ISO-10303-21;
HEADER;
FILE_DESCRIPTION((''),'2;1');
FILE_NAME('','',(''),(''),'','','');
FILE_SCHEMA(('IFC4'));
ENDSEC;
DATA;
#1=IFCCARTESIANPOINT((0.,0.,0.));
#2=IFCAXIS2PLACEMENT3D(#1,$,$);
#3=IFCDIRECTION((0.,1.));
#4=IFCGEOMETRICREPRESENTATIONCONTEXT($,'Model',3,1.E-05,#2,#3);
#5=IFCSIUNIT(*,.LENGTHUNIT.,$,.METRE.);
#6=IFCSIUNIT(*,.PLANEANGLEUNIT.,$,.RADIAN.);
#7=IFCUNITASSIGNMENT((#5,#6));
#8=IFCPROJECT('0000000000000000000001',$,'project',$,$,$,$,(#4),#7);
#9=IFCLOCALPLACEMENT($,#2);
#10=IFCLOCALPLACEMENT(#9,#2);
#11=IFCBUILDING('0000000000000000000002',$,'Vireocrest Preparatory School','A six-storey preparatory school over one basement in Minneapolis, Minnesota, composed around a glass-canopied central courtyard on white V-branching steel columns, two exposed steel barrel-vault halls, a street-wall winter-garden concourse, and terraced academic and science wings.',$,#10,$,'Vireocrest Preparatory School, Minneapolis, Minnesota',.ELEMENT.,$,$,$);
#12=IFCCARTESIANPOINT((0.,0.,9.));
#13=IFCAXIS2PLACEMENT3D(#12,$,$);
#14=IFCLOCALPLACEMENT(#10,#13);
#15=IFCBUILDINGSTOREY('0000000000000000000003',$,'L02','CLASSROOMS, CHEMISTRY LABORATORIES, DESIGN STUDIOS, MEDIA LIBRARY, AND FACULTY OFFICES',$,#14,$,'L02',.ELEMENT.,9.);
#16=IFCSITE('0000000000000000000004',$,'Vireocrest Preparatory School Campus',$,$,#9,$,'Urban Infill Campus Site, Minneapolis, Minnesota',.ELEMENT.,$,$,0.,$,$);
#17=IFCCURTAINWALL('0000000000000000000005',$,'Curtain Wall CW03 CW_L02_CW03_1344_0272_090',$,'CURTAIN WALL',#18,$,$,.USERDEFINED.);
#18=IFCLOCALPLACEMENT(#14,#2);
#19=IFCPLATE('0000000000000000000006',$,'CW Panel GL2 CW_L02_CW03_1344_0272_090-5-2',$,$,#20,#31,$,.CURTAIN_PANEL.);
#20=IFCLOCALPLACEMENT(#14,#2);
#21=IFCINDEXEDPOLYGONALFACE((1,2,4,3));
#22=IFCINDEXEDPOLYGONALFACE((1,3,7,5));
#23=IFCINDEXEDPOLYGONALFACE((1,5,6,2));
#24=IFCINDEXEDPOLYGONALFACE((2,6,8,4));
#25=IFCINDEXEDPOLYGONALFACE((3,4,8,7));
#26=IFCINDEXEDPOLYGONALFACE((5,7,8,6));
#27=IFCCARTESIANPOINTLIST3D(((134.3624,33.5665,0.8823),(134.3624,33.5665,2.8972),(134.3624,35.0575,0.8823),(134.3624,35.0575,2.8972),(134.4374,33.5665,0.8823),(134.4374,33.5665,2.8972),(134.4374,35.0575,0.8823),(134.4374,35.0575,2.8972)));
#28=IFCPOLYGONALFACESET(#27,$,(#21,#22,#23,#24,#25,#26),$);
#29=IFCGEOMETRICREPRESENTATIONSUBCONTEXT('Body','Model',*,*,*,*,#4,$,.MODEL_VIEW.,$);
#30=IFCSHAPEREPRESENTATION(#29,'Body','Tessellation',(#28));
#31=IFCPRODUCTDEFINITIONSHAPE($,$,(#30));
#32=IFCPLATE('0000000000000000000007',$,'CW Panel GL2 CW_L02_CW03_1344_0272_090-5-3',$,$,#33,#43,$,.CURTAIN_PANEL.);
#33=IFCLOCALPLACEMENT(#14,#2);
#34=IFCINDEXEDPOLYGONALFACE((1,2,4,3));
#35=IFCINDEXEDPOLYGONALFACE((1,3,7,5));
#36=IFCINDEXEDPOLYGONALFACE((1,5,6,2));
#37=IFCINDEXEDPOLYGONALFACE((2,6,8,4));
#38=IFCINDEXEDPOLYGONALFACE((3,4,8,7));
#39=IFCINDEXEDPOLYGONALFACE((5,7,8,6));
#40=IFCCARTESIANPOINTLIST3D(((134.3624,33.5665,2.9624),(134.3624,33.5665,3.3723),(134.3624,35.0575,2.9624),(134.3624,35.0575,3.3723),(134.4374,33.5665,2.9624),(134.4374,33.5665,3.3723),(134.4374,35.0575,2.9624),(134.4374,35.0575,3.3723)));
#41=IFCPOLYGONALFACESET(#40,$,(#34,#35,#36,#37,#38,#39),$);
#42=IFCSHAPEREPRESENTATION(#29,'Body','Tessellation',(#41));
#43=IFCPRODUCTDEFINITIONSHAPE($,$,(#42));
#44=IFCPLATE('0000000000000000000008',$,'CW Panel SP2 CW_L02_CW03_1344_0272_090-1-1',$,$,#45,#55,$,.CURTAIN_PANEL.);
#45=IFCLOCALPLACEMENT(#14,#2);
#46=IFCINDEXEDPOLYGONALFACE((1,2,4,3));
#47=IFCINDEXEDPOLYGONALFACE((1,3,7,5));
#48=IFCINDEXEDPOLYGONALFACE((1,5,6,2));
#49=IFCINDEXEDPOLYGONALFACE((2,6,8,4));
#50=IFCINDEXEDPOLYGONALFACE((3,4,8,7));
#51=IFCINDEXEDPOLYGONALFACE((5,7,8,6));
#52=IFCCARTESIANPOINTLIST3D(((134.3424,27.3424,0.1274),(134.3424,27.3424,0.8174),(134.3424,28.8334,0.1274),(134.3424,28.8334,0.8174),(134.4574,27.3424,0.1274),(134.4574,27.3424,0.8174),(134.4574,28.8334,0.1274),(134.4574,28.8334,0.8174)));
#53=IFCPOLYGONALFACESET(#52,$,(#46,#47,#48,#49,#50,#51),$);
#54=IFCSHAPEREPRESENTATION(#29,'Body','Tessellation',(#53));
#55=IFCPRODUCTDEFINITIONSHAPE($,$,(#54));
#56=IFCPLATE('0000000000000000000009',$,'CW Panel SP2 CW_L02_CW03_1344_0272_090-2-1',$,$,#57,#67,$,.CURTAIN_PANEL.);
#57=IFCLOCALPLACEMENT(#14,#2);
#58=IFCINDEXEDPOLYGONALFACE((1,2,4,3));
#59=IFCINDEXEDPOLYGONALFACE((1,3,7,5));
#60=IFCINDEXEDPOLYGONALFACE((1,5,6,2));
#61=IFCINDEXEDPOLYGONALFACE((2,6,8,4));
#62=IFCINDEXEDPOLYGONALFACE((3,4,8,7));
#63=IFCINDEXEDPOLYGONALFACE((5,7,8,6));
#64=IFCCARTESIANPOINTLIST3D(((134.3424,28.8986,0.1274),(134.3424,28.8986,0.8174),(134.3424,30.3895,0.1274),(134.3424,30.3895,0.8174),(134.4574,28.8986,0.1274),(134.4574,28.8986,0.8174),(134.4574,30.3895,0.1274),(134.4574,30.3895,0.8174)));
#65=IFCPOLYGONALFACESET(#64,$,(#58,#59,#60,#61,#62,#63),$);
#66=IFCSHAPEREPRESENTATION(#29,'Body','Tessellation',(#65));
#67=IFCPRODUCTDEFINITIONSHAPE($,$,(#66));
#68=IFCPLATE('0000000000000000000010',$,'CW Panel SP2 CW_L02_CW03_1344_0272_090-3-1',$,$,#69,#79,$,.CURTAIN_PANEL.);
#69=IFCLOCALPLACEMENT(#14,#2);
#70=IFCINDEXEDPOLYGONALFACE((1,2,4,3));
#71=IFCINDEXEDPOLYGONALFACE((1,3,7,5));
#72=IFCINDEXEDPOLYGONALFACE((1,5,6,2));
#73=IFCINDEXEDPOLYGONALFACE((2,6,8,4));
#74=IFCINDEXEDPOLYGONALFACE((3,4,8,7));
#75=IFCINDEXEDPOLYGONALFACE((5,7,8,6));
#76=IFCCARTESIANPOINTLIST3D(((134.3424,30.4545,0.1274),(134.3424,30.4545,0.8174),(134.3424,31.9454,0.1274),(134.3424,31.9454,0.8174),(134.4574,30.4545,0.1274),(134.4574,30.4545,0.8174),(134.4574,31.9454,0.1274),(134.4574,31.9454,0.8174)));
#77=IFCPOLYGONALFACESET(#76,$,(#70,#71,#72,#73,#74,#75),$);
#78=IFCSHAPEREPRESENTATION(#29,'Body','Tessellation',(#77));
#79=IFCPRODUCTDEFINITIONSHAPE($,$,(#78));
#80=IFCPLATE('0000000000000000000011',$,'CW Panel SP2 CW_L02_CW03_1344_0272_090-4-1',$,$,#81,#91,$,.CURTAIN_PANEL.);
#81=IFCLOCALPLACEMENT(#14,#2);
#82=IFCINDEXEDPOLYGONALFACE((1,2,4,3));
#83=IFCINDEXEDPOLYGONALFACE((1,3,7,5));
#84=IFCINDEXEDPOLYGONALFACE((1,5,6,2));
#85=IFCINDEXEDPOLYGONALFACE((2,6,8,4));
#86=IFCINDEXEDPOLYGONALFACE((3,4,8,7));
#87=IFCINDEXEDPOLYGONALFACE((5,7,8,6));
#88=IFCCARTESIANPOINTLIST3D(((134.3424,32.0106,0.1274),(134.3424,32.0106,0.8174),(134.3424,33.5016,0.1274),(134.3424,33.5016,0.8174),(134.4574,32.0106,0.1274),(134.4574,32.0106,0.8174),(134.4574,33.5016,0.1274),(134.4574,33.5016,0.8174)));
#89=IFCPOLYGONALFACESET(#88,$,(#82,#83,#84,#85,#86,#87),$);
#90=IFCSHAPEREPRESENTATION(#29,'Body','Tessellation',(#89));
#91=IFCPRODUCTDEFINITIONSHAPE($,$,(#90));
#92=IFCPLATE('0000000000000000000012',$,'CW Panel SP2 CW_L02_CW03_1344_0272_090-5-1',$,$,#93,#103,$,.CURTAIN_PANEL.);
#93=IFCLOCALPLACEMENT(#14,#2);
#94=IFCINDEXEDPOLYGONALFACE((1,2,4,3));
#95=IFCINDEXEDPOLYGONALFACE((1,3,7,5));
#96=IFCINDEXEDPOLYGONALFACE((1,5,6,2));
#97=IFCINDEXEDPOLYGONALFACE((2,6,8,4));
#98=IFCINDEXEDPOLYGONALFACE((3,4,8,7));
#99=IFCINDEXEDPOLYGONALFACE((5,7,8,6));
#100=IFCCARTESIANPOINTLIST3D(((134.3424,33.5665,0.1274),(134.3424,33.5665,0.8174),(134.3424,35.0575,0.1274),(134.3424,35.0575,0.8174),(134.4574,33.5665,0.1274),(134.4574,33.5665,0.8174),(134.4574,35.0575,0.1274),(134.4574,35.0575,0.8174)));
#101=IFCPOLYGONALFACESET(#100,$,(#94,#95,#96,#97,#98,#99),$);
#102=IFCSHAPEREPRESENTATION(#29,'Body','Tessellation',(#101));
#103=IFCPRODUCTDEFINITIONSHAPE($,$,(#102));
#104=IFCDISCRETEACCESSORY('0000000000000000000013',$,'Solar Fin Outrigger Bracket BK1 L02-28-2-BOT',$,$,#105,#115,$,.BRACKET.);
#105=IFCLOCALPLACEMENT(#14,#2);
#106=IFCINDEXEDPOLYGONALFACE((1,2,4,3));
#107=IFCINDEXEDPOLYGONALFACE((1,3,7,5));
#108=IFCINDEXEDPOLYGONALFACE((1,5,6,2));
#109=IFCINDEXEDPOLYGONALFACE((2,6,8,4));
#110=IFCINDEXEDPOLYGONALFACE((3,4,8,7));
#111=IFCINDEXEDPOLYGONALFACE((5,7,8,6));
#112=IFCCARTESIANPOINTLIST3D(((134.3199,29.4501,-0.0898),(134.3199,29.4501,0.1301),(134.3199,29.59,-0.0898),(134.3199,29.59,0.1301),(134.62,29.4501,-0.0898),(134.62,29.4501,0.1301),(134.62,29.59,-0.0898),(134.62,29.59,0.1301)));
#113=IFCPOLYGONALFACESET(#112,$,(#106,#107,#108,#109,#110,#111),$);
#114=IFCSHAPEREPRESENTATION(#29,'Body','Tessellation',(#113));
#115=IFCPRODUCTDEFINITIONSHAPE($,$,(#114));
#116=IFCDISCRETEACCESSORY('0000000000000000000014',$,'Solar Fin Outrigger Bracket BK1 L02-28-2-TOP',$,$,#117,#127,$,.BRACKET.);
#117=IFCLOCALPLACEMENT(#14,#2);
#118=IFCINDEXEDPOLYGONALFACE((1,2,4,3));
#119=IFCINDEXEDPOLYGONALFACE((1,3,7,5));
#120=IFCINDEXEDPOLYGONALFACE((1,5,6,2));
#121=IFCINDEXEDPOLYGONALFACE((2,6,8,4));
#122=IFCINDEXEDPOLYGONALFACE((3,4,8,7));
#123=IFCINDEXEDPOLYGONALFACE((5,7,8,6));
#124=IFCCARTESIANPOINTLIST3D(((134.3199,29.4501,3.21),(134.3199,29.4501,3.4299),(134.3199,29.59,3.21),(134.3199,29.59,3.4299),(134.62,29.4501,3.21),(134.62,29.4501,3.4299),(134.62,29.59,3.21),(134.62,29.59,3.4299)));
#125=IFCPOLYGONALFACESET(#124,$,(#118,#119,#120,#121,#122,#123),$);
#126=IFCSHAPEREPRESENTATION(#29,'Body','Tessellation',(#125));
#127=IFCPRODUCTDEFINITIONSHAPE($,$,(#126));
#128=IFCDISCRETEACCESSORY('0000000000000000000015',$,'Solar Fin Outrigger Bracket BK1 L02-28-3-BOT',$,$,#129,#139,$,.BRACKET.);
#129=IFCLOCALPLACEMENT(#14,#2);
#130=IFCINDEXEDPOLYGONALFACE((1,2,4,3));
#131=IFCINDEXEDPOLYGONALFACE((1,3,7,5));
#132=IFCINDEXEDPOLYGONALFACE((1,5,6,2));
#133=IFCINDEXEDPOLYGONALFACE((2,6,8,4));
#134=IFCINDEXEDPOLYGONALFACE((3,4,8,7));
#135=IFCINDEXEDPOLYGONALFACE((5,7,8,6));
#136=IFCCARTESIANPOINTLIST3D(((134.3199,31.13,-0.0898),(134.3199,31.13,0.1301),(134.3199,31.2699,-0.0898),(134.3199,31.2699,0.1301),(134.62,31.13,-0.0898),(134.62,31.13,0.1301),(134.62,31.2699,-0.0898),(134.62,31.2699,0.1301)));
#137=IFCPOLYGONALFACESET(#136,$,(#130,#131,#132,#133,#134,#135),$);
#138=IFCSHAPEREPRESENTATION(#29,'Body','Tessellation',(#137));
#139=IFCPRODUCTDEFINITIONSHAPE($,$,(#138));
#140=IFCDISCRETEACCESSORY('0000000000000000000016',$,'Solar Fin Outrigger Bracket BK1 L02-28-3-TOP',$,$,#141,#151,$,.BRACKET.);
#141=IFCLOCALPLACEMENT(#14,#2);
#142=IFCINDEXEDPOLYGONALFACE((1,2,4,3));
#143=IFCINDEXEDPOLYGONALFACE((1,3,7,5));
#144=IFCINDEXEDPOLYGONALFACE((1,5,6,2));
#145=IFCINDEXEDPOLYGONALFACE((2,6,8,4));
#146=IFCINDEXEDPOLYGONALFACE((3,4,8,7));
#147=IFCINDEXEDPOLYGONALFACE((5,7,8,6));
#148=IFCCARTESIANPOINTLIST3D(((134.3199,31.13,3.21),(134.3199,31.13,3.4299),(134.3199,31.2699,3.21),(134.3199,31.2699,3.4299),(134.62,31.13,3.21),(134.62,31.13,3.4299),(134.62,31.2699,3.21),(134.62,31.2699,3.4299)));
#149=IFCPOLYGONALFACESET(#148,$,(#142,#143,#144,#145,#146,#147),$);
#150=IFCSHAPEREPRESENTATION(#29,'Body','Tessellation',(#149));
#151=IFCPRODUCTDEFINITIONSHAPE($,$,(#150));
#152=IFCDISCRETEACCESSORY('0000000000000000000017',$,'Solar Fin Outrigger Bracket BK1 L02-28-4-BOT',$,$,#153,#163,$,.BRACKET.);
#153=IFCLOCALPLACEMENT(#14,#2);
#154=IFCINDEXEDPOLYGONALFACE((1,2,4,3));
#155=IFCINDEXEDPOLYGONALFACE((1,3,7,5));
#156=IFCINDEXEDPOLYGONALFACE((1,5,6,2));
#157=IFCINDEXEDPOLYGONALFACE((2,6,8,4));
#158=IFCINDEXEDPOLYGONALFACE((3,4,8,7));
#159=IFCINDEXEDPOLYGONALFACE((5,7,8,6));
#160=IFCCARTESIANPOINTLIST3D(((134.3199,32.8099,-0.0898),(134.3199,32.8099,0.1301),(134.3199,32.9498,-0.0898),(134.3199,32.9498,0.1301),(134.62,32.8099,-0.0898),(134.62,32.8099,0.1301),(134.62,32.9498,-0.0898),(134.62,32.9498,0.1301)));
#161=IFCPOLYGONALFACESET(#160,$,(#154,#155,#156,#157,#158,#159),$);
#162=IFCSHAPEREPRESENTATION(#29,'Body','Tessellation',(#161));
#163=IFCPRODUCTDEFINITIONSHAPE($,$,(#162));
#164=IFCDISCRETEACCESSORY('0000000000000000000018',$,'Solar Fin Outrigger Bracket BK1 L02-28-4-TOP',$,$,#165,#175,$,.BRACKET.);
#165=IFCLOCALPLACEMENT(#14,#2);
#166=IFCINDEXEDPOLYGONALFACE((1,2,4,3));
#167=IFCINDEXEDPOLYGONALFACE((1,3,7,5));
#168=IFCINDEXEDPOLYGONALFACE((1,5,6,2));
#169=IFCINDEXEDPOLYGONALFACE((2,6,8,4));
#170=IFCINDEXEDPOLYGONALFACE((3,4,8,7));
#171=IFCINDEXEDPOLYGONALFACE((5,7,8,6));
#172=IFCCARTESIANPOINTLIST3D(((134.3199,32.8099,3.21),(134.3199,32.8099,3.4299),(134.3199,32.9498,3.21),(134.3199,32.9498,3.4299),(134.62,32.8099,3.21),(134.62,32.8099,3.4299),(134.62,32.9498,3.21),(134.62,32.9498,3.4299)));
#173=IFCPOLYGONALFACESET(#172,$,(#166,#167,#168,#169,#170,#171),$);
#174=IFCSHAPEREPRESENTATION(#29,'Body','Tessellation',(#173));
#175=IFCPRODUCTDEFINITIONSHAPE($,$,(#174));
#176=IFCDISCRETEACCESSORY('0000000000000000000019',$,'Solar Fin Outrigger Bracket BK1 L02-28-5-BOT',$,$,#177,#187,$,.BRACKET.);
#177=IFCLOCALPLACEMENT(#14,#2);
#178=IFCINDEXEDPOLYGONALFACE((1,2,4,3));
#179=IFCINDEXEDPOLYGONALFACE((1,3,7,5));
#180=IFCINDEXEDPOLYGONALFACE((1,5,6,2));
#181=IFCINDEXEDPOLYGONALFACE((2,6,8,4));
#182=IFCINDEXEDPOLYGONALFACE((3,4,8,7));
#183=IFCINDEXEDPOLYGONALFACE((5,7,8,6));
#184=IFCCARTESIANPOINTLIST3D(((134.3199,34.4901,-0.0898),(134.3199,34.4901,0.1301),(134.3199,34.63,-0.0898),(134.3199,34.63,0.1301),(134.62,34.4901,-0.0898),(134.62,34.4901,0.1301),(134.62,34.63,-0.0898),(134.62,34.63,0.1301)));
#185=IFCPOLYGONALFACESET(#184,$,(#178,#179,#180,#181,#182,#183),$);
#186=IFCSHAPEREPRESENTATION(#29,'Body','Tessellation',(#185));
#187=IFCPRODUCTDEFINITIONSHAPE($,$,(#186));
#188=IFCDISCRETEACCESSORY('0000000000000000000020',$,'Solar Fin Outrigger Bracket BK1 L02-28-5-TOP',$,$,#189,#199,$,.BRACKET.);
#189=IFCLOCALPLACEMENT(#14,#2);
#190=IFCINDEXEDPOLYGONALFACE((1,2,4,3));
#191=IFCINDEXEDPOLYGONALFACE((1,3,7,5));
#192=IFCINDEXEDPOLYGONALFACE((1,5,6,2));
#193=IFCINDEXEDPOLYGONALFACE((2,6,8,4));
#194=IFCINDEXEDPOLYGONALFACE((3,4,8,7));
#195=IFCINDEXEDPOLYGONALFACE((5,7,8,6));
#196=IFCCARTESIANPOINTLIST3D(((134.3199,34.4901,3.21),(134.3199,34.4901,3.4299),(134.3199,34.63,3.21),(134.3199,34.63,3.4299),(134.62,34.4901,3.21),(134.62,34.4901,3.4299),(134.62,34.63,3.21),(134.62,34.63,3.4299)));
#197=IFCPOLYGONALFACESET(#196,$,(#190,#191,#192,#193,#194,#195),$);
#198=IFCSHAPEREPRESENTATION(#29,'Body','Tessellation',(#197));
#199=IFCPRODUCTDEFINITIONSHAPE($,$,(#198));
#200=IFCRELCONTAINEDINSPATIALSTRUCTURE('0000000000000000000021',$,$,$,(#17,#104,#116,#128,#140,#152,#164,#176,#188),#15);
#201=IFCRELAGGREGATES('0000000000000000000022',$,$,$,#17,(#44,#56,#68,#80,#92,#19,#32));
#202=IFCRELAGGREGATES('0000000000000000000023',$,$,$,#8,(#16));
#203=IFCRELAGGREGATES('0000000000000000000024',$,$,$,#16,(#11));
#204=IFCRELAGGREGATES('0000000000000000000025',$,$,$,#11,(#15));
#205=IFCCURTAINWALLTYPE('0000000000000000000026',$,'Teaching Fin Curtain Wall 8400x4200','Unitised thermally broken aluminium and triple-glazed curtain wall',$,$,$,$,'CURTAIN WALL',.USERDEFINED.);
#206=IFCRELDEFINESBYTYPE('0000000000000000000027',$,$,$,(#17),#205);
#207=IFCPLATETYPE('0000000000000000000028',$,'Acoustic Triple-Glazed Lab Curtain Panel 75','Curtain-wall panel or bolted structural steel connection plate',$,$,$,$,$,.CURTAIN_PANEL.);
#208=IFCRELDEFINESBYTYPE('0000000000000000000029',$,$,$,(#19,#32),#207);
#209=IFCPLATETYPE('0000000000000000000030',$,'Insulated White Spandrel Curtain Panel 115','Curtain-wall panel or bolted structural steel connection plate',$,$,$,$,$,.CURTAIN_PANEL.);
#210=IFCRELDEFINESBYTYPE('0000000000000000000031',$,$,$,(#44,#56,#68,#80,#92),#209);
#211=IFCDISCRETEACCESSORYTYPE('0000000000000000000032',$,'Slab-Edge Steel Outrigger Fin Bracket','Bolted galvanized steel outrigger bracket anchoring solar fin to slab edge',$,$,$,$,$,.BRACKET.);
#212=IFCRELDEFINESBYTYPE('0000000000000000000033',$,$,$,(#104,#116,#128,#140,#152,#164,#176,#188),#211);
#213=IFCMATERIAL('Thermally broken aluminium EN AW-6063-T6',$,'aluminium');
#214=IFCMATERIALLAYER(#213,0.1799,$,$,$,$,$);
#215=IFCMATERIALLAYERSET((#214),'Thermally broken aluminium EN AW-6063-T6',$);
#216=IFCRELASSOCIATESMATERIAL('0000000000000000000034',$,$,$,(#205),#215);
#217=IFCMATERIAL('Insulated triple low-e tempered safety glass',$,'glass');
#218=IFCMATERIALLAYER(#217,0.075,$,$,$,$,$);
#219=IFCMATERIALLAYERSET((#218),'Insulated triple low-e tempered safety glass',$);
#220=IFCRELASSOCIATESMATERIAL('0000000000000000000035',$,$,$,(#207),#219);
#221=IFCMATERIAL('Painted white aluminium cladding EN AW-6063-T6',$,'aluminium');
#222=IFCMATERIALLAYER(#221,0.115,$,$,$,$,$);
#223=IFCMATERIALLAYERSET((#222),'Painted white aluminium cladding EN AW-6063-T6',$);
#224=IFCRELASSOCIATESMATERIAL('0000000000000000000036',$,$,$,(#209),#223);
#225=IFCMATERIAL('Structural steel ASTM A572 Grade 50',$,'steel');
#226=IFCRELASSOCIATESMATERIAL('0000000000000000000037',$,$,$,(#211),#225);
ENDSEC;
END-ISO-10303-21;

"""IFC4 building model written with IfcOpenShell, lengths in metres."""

from ifc_helpers import new_model, si_unit, direction, frame, origin, origin_2d, place, context, subcontext, project, spatial, rectangle, extrude, material, layer, layer_set, type_object, element, aggregate, save


model = new_model("IFC4")

# Units and contexts
model_context = context("Model", 3, precision=1e-05, world=origin(), true_north=direction((0.0, 1.0)))
body_context = subcontext(model_context, "Body", "Model", "MODEL_VIEW")
ifc_project = project(units=[si_unit("LENGTHUNIT", "METRE"), si_unit("PLANEANGLEUNIT", "RADIAN")], contexts=[model_context])

# Site, building, storey
site_placement = place(None, origin())
site = spatial("IfcSite", under=ifc_project, at=site_placement, Name="Vireocrest Preparatory School Campus", LongName="Urban Infill Campus Site, Minneapolis, Minnesota", CompositionType="ELEMENT", RefElevation=0.0)
building_placement = place(site_placement, origin())
building = spatial("IfcBuilding", under=site, at=building_placement, Name="Vireocrest Preparatory School", Description="A six-storey preparatory school over one basement in Minneapolis, Minnesota, composed around a glass-canopied central courtyard on white V-branching steel columns, two exposed steel barrel-vault halls, a street-wall winter-garden concourse, and terraced academic and science wings.", LongName="Vireocrest Preparatory School, Minneapolis, Minnesota", CompositionType="ELEMENT")
storey_placement = place(building_placement, frame((0.0, 0.0, 9.0)))
storey = spatial("IfcBuildingStorey", under=building, at=storey_placement, Name="L02", Description="CLASSROOMS, CHEMISTRY LABORATORIES, DESIGN STUDIOS, MEDIA LIBRARY, AND FACULTY OFFICES", LongName="L02", CompositionType="ELEMENT", Elevation=9.0)

# Shared definitions
ifc_material_1 = material(Name="Thermally broken aluminium EN AW-6063-T6", Category="aluminium")

# Curtain wall
ifc_layer_1 = layer(ifc_material_1, 0.1799)
ifc_layer_set_1 = layer_set([ifc_layer_1], Name="Thermally broken aluminium EN AW-6063-T6")
curtain_wall_type_1 = type_object("IfcCurtainWallType", Name="Teaching Fin Curtain Wall 8400x4200", Description="Unitised thermally broken aluminium and triple-glazed curtain wall", ElementType="CURTAIN WALL", PredefinedType="USERDEFINED", material=ifc_layer_set_1)
curtain_wall_1_placement = place(storey_placement, origin())
curtain_wall_1 = element("IfcCurtainWall", 1, at=curtain_wall_1_placement, inside=storey, type_object=curtain_wall_type_1, Name="Curtain Wall CW03 CW_L02_CW03_1344_0272_090", ObjectType="CURTAIN WALL", PredefinedType="USERDEFINED")

# Plates
ifc_material_2 = material(Name="Insulated triple low-e tempered safety glass", Category="glass")
ifc_layer_2 = layer(ifc_material_2, 0.075)
ifc_layer_set_2 = layer_set([ifc_layer_2], Name="Insulated triple low-e tempered safety glass")
plate_type_1 = type_object("IfcPlateType", Name="Acoustic Triple-Glazed Lab Curtain Panel 75", Description="Curtain-wall panel or bolted structural steel connection plate", PredefinedType="CURTAIN_PANEL", material=ifc_layer_set_2)
plate_1_placement = place(storey_placement, frame((134.3999, 34.312, 0.8823), z_axis=(0.0, 0.0, 1.0), x_axis=(0.0, 1.0, 0.0)))
plate_1 = element("IfcPlate", 2, at=plate_1_placement, type_object=plate_type_1, Name="CW Panel GL2 CW_L02_CW03_1344_0272_090-5-2", PredefinedType="CURTAIN_PANEL", context=body_context, shape_type="SweptSolid", body=[
    extrude(rectangle(XDim=1.491, YDim=0.075, at=origin_2d()), origin(), (0.0, 0.0, 1.0), 2.0149),
])
plate_2_placement = place(storey_placement, frame((134.3999, 34.312, 2.9624), z_axis=(0.0, 0.0, 1.0), x_axis=(0.0, 1.0, 0.0)))
plate_2 = element("IfcPlate", 3, at=plate_2_placement, type_object=plate_type_1, Name="CW Panel GL2 CW_L02_CW03_1344_0272_090-5-3", PredefinedType="CURTAIN_PANEL", context=body_context, shape_type="SweptSolid", body=[
    extrude(rectangle(XDim=1.491, YDim=0.075, at=origin_2d()), origin(), (0.0, 0.0, 1.0), 0.4099),
])
ifc_material_3 = material(Name="Painted white aluminium cladding EN AW-6063-T6", Category="aluminium")
ifc_layer_3 = layer(ifc_material_3, 0.115)
ifc_layer_set_3 = layer_set([ifc_layer_3], Name="Painted white aluminium cladding EN AW-6063-T6")
plate_type_2 = type_object("IfcPlateType", Name="Insulated White Spandrel Curtain Panel 115", Description="Curtain-wall panel or bolted structural steel connection plate", PredefinedType="CURTAIN_PANEL", material=ifc_layer_set_3)
plate_3_placement = place(storey_placement, frame((134.3999, 28.0879, 0.1274), z_axis=(0.0, 0.0, 1.0), x_axis=(0.0, 1.0, 0.0)))
plate_3 = element("IfcPlate", 4, at=plate_3_placement, type_object=plate_type_2, Name="CW Panel SP2 CW_L02_CW03_1344_0272_090-1-1", PredefinedType="CURTAIN_PANEL", context=body_context, shape_type="SweptSolid", body=[
    extrude(rectangle(XDim=1.491, YDim=0.115, at=origin_2d()), origin(), (0.0, 0.0, 1.0), 0.6899),
])
plate_4_placement = place(storey_placement, frame((134.3999, 29.644, 0.1274), z_axis=(0.0, 0.0, 1.0), x_axis=(0.0, 1.0, 0.0)))
plate_4 = element("IfcPlate", 5, at=plate_4_placement, type_object=plate_type_2, Name="CW Panel SP2 CW_L02_CW03_1344_0272_090-2-1", PredefinedType="CURTAIN_PANEL", context=body_context, shape_type="SweptSolid", body=[
    extrude(rectangle(XDim=1.491, YDim=0.115, at=origin_2d()), origin(), (0.0, 0.0, 1.0), 0.6899),
])
plate_5_placement = place(storey_placement, frame((134.3999, 31.2, 0.1274), z_axis=(0.0, 0.0, 1.0), x_axis=(0.0, 1.0, 0.0)))
plate_5 = element("IfcPlate", 6, at=plate_5_placement, type_object=plate_type_2, Name="CW Panel SP2 CW_L02_CW03_1344_0272_090-3-1", PredefinedType="CURTAIN_PANEL", context=body_context, shape_type="SweptSolid", body=[
    extrude(rectangle(XDim=1.491, YDim=0.115, at=origin_2d()), origin(), (0.0, 0.0, 1.0), 0.6899),
])
plate_6_placement = place(storey_placement, frame((134.3999, 32.7561, 0.1274), z_axis=(0.0, 0.0, 1.0), x_axis=(0.0, 1.0, 0.0)))
plate_6 = element("IfcPlate", 7, at=plate_6_placement, type_object=plate_type_2, Name="CW Panel SP2 CW_L02_CW03_1344_0272_090-4-1", PredefinedType="CURTAIN_PANEL", context=body_context, shape_type="SweptSolid", body=[
    extrude(rectangle(XDim=1.491, YDim=0.115, at=origin_2d()), origin(), (0.0, 0.0, 1.0), 0.6899),
])
plate_7_placement = place(storey_placement, frame((134.3999, 34.312, 0.1274), z_axis=(0.0, 0.0, 1.0), x_axis=(0.0, 1.0, 0.0)))
plate_7 = element("IfcPlate", 8, at=plate_7_placement, type_object=plate_type_2, Name="CW Panel SP2 CW_L02_CW03_1344_0272_090-5-1", PredefinedType="CURTAIN_PANEL", context=body_context, shape_type="SweptSolid", body=[
    extrude(rectangle(XDim=1.491, YDim=0.115, at=origin_2d()), origin(), (0.0, 0.0, 1.0), 0.6899),
])
aggregate(curtain_wall_1, [plate_3, plate_4, plate_5, plate_6, plate_7, plate_1, plate_2])

# Discrete accessories
ifc_material_4 = material(Name="Structural steel ASTM A572 Grade 50", Category="steel")
discrete_accessory_type = type_object("IfcDiscreteAccessoryType", Name="Slab-Edge Steel Outrigger Fin Bracket", Description="Bolted galvanized steel outrigger bracket anchoring solar fin to slab edge", PredefinedType="BRACKET", material=ifc_material_4)
for number, where, z_axis, x_axis, name in (
    (9, (134.47, 29.52, -0.0898), (0.0, 0.0, 1.0), (0.0, -1.0, 0.0), "Solar Fin Outrigger Bracket BK1 L02-28-2-BOT"),
    (10, (134.47, 29.52, 3.21), (0.0, 0.0, 1.0), (0.0, -1.0, 0.0), "Solar Fin Outrigger Bracket BK1 L02-28-2-TOP"),
    (11, (134.47, 31.2, -0.0898), (0.0, 0.0, 1.0), (0.0, -1.0, 0.0), "Solar Fin Outrigger Bracket BK1 L02-28-3-BOT"),
    (12, (134.47, 31.2, 3.21), (0.0, 0.0, 1.0), (0.0, -1.0, 0.0), "Solar Fin Outrigger Bracket BK1 L02-28-3-TOP"),
    (13, (134.47, 32.8799, -0.0898), (0.0, 0.0, 1.0), (0.0, -1.0, 0.0), "Solar Fin Outrigger Bracket BK1 L02-28-4-BOT"),
    (14, (134.47, 32.8799, 3.21), (0.0, 0.0, 1.0), (0.0, -1.0, 0.0), "Solar Fin Outrigger Bracket BK1 L02-28-4-TOP"),
    (15, (134.47, 34.5601, -0.0898), (0.0, 0.0, 1.0), (0.0, -1.0, 0.0), "Solar Fin Outrigger Bracket BK1 L02-28-5-BOT"),
    (16, (134.47, 34.5601, 3.21), (0.0, 0.0, 1.0), (0.0, -1.0, 0.0), "Solar Fin Outrigger Bracket BK1 L02-28-5-TOP"),
):
    element("IfcDiscreteAccessory", number, at=place(storey_placement, frame(where, z_axis=z_axis, x_axis=x_axis)), inside=storey, type_object=discrete_accessory_type, Name=name, PredefinedType="BRACKET", context=body_context, shape_type="SweptSolid", body=[
        extrude(rectangle(XDim=0.1399, YDim=0.3, at=origin_2d()), origin(), (0.0, 0.0, 1.0), 0.22),
    ])

save(model, "model.ifc")
